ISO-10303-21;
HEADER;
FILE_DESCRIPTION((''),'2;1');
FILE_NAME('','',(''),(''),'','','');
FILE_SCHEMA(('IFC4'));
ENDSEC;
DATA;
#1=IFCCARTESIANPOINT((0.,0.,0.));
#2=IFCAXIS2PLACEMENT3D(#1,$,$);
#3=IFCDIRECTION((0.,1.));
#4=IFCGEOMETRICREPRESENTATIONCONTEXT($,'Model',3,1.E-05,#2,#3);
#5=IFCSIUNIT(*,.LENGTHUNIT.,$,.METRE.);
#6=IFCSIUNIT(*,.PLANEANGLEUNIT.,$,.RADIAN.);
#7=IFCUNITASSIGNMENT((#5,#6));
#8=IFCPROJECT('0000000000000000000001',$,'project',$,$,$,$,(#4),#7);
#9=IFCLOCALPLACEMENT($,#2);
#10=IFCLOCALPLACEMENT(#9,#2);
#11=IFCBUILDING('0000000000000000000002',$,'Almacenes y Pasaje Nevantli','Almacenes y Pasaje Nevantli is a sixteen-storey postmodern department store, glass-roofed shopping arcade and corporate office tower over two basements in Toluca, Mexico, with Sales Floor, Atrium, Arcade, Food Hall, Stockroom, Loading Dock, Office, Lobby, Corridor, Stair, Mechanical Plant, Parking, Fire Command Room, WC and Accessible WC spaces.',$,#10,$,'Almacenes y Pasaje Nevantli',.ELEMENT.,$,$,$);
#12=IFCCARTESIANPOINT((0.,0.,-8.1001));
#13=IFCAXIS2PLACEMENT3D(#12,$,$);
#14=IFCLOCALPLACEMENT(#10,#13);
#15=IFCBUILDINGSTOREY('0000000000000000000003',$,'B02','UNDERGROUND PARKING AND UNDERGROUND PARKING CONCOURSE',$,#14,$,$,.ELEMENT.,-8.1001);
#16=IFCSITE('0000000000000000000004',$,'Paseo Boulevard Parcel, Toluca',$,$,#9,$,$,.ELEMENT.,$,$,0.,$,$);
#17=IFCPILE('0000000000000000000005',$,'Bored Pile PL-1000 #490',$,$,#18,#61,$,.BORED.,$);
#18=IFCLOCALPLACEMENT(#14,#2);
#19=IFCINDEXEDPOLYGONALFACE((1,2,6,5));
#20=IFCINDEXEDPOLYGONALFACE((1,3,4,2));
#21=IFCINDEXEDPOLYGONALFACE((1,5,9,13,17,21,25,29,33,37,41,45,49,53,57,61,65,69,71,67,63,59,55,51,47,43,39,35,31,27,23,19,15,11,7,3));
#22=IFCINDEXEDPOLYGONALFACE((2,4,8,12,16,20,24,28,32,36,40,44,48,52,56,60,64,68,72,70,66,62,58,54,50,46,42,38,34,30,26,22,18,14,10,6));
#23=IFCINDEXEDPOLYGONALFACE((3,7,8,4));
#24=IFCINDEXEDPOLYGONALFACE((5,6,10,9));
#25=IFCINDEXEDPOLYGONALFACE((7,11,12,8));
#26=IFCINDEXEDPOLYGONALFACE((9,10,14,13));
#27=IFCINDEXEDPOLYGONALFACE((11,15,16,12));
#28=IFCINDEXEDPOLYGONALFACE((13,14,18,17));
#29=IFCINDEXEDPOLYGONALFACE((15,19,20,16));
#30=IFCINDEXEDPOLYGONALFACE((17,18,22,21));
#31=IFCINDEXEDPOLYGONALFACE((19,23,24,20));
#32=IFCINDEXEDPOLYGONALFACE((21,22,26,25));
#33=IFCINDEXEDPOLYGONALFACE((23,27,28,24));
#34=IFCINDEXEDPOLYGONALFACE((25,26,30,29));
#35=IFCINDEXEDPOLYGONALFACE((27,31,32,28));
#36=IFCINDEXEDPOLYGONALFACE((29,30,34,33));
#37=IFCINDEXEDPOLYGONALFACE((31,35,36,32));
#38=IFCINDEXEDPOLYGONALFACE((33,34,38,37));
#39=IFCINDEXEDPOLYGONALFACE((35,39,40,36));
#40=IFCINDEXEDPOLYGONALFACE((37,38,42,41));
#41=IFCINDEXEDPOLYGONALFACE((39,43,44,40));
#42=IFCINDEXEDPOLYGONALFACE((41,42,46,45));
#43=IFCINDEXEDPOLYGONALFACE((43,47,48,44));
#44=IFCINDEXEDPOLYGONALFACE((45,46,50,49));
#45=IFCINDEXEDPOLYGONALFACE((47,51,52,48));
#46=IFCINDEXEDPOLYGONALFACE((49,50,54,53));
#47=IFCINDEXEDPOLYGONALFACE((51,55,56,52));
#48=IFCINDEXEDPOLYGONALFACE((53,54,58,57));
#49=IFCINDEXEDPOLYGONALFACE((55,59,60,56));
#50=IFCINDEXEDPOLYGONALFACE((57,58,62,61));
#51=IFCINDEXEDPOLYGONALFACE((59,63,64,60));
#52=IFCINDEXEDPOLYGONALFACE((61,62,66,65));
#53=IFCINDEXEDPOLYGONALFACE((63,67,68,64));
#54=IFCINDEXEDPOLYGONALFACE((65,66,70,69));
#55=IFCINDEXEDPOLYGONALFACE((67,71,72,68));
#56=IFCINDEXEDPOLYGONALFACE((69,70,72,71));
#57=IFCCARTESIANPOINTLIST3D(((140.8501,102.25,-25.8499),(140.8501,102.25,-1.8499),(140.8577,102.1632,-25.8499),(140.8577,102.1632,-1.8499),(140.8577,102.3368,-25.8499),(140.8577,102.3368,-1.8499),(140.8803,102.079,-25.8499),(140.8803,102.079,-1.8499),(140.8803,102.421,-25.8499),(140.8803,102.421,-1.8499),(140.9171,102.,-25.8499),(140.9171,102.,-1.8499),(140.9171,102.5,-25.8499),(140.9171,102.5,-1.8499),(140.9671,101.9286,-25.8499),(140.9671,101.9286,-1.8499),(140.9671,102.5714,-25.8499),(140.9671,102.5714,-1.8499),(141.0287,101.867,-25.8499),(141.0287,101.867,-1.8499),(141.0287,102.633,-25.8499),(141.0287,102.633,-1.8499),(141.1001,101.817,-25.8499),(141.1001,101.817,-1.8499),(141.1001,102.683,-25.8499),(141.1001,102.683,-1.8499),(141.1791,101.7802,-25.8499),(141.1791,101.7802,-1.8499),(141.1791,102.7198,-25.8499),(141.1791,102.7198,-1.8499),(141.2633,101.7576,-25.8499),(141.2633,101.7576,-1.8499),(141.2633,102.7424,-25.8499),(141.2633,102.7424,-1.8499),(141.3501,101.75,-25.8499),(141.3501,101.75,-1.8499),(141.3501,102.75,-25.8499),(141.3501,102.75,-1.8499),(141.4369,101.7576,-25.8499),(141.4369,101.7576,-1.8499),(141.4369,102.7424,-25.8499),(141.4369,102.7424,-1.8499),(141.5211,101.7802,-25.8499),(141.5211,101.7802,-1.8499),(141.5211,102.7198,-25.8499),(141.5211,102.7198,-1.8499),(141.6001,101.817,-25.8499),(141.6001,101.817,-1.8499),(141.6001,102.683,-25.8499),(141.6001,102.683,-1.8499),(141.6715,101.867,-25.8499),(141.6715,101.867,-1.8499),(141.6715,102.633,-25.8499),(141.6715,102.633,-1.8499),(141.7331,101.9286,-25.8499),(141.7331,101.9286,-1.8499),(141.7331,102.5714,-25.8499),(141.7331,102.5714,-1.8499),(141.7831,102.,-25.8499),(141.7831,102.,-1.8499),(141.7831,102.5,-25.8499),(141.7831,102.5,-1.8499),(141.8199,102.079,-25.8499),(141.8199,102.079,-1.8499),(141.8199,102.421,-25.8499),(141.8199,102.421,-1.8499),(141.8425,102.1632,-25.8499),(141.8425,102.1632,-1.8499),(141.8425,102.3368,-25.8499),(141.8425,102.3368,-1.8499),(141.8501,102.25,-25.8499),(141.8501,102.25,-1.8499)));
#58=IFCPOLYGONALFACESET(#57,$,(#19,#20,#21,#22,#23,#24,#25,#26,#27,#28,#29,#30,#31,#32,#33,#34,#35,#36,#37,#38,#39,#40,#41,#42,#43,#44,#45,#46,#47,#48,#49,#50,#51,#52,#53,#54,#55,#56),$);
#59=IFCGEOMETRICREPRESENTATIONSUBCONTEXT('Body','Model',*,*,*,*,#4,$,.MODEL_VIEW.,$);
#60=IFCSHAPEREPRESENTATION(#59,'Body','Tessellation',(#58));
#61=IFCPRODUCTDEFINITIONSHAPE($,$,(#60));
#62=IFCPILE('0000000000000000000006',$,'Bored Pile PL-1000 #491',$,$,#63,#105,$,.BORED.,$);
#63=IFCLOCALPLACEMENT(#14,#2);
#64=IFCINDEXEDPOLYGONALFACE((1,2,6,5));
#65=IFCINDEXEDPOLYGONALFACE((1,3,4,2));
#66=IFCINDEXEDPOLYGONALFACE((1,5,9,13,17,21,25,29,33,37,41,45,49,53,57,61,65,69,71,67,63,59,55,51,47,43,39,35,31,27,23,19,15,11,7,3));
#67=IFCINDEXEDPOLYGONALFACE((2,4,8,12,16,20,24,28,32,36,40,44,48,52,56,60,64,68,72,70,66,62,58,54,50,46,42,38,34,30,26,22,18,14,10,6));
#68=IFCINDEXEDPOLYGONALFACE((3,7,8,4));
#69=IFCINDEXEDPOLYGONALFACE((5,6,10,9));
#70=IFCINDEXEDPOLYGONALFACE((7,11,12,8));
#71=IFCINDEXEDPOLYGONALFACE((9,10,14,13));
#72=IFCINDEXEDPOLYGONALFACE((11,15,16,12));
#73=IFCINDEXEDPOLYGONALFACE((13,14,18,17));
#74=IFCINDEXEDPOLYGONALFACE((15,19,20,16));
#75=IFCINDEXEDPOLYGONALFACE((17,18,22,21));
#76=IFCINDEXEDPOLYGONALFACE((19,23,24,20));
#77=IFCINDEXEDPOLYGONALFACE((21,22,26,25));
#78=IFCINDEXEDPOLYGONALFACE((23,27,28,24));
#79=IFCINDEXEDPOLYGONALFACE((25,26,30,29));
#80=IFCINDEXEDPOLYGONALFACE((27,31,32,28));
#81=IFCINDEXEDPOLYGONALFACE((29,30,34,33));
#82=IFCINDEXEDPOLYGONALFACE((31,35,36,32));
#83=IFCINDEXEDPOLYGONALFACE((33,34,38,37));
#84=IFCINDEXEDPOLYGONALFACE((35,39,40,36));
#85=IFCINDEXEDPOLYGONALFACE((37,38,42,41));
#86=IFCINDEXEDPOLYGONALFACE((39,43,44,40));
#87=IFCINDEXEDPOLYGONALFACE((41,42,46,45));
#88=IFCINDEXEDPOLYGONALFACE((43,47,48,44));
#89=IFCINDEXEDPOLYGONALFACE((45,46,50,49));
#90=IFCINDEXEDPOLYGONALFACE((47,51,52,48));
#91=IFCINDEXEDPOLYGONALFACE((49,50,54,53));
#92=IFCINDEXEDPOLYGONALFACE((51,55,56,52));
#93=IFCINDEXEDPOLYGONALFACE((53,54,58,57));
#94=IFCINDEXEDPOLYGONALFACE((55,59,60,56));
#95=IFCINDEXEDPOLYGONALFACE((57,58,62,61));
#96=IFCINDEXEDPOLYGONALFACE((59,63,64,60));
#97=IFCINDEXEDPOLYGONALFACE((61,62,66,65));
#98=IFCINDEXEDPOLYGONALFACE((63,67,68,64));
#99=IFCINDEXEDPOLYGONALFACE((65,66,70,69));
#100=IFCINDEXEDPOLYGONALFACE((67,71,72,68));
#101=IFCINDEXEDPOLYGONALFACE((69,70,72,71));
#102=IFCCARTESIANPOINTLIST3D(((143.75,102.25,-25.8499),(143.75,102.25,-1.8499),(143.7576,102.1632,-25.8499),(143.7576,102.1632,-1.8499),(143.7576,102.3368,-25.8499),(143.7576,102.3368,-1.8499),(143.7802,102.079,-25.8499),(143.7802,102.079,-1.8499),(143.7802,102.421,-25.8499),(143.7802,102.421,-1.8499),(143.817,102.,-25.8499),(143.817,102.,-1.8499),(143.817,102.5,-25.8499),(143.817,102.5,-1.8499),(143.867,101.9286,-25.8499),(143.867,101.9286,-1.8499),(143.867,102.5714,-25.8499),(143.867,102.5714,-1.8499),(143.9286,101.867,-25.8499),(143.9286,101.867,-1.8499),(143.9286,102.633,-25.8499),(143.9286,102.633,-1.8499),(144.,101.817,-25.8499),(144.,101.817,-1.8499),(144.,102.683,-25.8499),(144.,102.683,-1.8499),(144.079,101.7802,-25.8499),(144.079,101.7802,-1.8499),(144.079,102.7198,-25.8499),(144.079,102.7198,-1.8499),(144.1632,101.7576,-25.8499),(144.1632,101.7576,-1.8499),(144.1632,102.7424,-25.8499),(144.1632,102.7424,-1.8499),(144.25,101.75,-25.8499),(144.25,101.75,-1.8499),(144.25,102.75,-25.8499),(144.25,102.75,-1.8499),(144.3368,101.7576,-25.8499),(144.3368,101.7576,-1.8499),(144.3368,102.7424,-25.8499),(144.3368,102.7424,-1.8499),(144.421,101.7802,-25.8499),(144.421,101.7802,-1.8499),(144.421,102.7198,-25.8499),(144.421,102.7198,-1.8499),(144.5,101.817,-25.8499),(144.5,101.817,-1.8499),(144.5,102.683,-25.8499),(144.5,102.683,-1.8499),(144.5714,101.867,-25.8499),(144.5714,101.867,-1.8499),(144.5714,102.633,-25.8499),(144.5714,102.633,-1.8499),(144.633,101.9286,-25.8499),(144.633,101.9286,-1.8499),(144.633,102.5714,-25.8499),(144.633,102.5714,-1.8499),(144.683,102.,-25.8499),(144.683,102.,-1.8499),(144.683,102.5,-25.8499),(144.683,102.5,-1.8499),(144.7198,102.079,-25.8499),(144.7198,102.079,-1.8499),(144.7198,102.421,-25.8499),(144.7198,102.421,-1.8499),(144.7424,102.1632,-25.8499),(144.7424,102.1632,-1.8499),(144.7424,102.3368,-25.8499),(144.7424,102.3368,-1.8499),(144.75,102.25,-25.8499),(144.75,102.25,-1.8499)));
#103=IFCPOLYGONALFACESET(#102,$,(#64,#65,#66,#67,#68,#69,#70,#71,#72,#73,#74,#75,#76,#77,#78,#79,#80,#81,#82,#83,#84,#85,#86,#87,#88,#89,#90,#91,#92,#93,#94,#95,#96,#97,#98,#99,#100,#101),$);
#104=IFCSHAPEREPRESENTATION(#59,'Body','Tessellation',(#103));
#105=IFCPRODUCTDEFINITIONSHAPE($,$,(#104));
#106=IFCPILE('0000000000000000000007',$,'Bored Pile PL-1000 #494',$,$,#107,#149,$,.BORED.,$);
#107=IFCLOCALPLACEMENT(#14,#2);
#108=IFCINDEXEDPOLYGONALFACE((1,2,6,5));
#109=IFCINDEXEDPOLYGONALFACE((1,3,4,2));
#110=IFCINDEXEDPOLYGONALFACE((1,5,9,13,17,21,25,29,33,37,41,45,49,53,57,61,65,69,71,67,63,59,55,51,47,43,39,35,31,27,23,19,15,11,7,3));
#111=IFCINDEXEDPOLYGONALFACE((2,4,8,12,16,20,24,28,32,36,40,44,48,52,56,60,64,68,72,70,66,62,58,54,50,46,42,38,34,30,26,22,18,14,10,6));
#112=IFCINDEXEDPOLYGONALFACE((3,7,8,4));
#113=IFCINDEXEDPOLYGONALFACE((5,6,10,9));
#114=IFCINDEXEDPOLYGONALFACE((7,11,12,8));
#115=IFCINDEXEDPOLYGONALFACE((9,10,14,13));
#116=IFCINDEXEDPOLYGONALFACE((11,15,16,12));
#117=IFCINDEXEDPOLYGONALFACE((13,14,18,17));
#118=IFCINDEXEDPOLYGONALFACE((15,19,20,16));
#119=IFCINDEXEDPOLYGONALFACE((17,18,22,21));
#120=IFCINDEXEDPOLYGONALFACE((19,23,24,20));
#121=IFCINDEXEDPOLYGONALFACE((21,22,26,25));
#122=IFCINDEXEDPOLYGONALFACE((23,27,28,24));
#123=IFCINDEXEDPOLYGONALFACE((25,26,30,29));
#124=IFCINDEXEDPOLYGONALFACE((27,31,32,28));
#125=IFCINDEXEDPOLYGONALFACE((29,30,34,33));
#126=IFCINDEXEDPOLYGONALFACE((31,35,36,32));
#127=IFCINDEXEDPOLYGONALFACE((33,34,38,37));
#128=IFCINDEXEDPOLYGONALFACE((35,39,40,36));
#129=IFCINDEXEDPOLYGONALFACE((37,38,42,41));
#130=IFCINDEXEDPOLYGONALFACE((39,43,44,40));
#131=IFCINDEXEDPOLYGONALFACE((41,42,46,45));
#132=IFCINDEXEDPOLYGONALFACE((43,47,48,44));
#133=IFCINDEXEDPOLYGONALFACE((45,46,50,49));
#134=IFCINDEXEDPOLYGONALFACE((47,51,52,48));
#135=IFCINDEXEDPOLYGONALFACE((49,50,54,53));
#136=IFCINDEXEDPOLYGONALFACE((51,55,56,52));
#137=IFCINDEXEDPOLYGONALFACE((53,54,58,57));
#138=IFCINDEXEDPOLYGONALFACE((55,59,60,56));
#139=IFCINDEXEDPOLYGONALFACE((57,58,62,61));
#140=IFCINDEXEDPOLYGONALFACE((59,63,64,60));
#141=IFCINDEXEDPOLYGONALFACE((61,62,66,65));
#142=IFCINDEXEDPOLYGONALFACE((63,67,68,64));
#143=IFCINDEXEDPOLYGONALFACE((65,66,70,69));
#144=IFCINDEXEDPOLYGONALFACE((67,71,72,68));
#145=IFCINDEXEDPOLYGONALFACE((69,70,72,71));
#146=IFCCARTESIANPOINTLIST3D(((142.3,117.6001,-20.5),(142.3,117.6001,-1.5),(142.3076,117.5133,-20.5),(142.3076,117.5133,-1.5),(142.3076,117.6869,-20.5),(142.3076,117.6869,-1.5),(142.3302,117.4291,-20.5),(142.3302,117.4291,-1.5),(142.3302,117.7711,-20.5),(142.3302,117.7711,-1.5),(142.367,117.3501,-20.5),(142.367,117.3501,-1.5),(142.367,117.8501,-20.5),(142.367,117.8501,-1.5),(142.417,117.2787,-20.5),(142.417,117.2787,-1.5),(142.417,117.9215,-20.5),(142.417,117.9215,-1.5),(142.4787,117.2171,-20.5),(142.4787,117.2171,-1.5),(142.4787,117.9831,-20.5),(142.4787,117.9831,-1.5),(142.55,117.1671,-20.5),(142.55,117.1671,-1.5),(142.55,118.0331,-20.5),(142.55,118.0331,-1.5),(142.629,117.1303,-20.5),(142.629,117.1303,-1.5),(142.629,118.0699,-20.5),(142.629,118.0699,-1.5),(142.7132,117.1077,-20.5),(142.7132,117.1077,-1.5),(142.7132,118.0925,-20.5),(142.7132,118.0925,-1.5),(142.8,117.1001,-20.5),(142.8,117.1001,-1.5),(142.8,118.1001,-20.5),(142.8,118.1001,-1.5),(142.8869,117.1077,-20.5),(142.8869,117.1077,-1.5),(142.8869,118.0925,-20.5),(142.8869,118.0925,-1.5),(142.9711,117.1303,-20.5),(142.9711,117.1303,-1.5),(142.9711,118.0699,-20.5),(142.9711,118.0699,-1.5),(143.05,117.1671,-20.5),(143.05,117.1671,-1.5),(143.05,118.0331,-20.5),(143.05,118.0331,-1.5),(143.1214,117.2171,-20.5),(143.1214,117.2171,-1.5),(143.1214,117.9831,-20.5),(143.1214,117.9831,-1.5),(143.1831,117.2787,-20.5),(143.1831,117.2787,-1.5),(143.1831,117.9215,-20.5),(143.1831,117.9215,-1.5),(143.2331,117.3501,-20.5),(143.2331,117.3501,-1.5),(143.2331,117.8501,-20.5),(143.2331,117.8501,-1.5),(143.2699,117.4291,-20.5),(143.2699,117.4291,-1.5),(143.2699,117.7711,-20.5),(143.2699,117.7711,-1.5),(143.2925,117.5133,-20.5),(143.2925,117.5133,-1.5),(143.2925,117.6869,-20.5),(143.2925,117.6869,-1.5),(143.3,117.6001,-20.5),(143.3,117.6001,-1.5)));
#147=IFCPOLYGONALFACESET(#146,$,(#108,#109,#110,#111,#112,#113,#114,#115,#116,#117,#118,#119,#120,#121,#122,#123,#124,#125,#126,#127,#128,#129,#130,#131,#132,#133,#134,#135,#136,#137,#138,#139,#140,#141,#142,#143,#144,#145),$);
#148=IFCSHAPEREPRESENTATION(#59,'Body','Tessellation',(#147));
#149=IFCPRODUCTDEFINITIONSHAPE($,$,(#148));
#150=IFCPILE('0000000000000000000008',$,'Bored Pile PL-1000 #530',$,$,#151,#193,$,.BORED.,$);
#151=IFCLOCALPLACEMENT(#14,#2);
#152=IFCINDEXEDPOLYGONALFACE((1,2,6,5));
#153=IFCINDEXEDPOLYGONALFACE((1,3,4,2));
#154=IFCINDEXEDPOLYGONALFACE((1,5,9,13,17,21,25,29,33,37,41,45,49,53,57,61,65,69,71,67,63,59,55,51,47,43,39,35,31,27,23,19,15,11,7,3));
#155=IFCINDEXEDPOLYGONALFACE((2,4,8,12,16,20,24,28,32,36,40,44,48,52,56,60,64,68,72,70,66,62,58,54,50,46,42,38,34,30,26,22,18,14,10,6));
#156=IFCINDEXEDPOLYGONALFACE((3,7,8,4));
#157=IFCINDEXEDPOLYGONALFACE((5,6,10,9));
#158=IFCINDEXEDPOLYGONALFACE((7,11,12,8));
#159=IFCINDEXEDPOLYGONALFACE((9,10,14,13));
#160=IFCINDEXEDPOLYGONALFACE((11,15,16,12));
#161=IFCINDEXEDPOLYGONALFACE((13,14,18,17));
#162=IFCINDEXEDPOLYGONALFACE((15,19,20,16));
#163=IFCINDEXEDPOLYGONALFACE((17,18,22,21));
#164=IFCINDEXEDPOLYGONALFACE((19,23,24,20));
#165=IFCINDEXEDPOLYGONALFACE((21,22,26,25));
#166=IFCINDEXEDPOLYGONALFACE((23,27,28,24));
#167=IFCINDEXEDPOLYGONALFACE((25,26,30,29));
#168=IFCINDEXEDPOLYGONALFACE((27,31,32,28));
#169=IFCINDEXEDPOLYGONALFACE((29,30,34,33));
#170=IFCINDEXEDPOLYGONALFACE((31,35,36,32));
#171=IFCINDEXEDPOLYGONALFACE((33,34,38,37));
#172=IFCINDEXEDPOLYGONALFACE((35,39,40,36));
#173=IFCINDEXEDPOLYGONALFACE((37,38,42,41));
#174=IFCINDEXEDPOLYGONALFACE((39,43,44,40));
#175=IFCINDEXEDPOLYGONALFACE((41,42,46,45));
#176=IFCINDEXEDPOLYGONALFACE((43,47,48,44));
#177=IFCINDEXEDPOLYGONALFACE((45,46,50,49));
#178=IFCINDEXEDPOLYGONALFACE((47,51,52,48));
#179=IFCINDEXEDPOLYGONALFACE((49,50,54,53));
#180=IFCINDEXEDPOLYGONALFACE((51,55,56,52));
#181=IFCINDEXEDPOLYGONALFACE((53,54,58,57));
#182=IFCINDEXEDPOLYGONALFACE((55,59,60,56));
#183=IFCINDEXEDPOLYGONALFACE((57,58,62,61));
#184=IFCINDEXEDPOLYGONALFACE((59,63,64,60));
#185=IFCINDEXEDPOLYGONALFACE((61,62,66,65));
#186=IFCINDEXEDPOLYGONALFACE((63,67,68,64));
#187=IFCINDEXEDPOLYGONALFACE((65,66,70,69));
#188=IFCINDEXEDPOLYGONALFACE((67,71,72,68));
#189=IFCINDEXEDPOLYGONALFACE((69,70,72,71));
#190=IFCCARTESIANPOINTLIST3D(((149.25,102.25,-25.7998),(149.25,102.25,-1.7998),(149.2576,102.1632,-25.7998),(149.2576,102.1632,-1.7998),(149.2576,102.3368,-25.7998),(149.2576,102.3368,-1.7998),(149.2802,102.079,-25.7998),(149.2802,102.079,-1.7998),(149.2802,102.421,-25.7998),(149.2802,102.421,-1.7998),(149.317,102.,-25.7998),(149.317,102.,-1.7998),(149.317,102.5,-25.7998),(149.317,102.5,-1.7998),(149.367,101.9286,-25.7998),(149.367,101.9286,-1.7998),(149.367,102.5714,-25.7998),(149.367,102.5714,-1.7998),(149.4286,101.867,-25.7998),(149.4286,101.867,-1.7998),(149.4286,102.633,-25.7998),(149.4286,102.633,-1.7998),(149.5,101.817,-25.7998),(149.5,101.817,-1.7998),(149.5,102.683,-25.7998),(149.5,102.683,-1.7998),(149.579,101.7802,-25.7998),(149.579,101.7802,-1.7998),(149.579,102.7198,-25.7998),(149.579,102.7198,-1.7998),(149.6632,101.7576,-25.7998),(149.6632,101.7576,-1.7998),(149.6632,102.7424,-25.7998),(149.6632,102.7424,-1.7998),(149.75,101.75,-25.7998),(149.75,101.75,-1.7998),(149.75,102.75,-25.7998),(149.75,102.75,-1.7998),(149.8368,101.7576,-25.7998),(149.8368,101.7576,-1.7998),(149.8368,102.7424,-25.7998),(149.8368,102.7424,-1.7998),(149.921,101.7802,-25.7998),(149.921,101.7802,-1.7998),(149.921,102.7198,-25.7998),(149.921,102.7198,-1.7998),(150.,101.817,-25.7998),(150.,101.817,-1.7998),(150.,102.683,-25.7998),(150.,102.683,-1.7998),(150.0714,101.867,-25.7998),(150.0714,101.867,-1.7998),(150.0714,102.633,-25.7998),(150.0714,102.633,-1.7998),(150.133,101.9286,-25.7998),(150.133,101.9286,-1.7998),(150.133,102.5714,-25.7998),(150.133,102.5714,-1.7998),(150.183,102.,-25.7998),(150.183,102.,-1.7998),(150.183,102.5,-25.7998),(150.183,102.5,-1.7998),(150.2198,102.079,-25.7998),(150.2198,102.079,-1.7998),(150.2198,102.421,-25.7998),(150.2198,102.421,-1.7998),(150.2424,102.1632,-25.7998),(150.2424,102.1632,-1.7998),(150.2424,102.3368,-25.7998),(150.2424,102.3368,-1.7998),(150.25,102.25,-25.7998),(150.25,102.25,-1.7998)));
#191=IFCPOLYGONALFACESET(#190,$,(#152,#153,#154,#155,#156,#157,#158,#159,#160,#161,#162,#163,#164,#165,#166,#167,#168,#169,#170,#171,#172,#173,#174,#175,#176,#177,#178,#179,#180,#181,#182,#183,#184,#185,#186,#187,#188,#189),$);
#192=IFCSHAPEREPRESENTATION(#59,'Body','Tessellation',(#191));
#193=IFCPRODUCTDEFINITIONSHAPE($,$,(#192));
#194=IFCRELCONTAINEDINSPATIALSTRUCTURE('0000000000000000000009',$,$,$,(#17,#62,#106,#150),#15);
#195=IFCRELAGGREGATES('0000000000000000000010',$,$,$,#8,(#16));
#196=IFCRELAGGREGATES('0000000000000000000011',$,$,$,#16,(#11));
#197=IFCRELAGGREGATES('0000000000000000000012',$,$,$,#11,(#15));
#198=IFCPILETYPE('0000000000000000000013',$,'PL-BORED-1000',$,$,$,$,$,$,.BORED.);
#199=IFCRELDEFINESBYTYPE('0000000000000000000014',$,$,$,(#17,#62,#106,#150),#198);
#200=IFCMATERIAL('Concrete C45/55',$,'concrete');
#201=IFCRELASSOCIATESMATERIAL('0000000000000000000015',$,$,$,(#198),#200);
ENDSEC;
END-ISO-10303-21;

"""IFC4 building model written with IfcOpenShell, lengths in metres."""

from ifc_helpers import new_model, si_unit, direction, frame, origin, origin_2d, place, context, subcontext, project, spatial, circle, extrude, material, material_profile, profile_set, type_object, element, save


model = new_model("IFC4")

# Units and contexts
model_context = context("Model", 3, precision=1e-05, world=origin(), true_north=direction((0.0, 1.0)))
body_context = subcontext(model_context, "Body", "Model", "MODEL_VIEW")
ifc_project = project(units=[si_unit("LENGTHUNIT", "METRE"), si_unit("PLANEANGLEUNIT", "RADIAN")], contexts=[model_context])

# Site, building, storey
site_placement = place(None, origin())
site = spatial("IfcSite", under=ifc_project, at=site_placement, Name="Paseo Boulevard Parcel, Toluca", CompositionType="ELEMENT", RefElevation=0.0)
building_placement = place(site_placement, origin())
building = spatial("IfcBuilding", under=site, at=building_placement, Name="Almacenes y Pasaje Nevantli", Description="Almacenes y Pasaje Nevantli is a sixteen-storey postmodern department store, glass-roofed shopping arcade and corporate office tower over two basements in Toluca, Mexico, with Sales Floor, Atrium, Arcade, Food Hall, Stockroom, Loading Dock, Office, Lobby, Corridor, Stair, Mechanical Plant, Parking, Fire Command Room, WC and Accessible WC spaces.", LongName="Almacenes y Pasaje Nevantli", CompositionType="ELEMENT")
storey_placement = place(building_placement, frame((0.0, 0.0, -8.1001)))
storey = spatial("IfcBuildingStorey", under=building, at=storey_placement, Name="B02", Description="UNDERGROUND PARKING AND UNDERGROUND PARKING CONCOURSE", CompositionType="ELEMENT", Elevation=-8.1001)

# Piles
ifc_material_1 = material(Name="Concrete C45/55", Category="concrete")
ifc_material_profile_1 = material_profile(ifc_material_1, circle(Radius=0.5, at=origin_2d()), Name="RC-PILE-D1000")
ifc_profile_set_1 = profile_set([ifc_material_profile_1], Name="Concrete C45/55")
pile_type_1 = type_object("IfcPileType", Name="PL-BORED-1000", PredefinedType="BORED", material=ifc_profile_set_1)
for number, where, z_axis, x_axis, name in (
    (1, (141.3501, 102.25, -1.8499), (0.0, 0.0, -1.0), (1.0, 0.0, 0.0), "Bored Pile PL-1000 #490"),
    (2, (144.25, 102.25, -1.8499), (0.0, 0.0, -1.0), (1.0, 0.0, 0.0), "Bored Pile PL-1000 #491"),
):
    element("IfcPile", number, at=place(storey_placement, frame(where, z_axis=z_axis, x_axis=x_axis)), inside=storey, type_object=pile_type_1, Name=name, PredefinedType="BORED", context=body_context, shape_type="SweptSolid", body=[
        extrude(circle(Radius=0.5, at=origin_2d()), origin(), (0.0, 0.0, 1.0), 24.0),
    ])
pile_1_placement = place(storey_placement, frame((142.8, 117.6001, -1.5), z_axis=(0.0, 0.0, -1.0), x_axis=(1.0, 0.0, 0.0)))
element("IfcPile", 3, at=pile_1_placement, inside=storey, type_object=pile_type_1, Name="Bored Pile PL-1000 #494", PredefinedType="BORED", context=body_context, shape_type="SweptSolid", body=[
    extrude(circle(Radius=0.5, at=origin_2d()), origin(), (0.0, 0.0, 1.0), 19.0),
])
pile_2_placement = place(storey_placement, frame((149.75, 102.25, -1.7998), z_axis=(0.0, 0.0, -1.0), x_axis=(1.0, 0.0, 0.0)))
element("IfcPile", 4, at=pile_2_placement, inside=storey, type_object=pile_type_1, Name="Bored Pile PL-1000 #530", PredefinedType="BORED", context=body_context, shape_type="SweptSolid", body=[
    extrude(circle(Radius=0.5, at=origin_2d()), origin(), (0.0, 0.0, 1.0), 24.0),
])

save(model, "model.ifc")
